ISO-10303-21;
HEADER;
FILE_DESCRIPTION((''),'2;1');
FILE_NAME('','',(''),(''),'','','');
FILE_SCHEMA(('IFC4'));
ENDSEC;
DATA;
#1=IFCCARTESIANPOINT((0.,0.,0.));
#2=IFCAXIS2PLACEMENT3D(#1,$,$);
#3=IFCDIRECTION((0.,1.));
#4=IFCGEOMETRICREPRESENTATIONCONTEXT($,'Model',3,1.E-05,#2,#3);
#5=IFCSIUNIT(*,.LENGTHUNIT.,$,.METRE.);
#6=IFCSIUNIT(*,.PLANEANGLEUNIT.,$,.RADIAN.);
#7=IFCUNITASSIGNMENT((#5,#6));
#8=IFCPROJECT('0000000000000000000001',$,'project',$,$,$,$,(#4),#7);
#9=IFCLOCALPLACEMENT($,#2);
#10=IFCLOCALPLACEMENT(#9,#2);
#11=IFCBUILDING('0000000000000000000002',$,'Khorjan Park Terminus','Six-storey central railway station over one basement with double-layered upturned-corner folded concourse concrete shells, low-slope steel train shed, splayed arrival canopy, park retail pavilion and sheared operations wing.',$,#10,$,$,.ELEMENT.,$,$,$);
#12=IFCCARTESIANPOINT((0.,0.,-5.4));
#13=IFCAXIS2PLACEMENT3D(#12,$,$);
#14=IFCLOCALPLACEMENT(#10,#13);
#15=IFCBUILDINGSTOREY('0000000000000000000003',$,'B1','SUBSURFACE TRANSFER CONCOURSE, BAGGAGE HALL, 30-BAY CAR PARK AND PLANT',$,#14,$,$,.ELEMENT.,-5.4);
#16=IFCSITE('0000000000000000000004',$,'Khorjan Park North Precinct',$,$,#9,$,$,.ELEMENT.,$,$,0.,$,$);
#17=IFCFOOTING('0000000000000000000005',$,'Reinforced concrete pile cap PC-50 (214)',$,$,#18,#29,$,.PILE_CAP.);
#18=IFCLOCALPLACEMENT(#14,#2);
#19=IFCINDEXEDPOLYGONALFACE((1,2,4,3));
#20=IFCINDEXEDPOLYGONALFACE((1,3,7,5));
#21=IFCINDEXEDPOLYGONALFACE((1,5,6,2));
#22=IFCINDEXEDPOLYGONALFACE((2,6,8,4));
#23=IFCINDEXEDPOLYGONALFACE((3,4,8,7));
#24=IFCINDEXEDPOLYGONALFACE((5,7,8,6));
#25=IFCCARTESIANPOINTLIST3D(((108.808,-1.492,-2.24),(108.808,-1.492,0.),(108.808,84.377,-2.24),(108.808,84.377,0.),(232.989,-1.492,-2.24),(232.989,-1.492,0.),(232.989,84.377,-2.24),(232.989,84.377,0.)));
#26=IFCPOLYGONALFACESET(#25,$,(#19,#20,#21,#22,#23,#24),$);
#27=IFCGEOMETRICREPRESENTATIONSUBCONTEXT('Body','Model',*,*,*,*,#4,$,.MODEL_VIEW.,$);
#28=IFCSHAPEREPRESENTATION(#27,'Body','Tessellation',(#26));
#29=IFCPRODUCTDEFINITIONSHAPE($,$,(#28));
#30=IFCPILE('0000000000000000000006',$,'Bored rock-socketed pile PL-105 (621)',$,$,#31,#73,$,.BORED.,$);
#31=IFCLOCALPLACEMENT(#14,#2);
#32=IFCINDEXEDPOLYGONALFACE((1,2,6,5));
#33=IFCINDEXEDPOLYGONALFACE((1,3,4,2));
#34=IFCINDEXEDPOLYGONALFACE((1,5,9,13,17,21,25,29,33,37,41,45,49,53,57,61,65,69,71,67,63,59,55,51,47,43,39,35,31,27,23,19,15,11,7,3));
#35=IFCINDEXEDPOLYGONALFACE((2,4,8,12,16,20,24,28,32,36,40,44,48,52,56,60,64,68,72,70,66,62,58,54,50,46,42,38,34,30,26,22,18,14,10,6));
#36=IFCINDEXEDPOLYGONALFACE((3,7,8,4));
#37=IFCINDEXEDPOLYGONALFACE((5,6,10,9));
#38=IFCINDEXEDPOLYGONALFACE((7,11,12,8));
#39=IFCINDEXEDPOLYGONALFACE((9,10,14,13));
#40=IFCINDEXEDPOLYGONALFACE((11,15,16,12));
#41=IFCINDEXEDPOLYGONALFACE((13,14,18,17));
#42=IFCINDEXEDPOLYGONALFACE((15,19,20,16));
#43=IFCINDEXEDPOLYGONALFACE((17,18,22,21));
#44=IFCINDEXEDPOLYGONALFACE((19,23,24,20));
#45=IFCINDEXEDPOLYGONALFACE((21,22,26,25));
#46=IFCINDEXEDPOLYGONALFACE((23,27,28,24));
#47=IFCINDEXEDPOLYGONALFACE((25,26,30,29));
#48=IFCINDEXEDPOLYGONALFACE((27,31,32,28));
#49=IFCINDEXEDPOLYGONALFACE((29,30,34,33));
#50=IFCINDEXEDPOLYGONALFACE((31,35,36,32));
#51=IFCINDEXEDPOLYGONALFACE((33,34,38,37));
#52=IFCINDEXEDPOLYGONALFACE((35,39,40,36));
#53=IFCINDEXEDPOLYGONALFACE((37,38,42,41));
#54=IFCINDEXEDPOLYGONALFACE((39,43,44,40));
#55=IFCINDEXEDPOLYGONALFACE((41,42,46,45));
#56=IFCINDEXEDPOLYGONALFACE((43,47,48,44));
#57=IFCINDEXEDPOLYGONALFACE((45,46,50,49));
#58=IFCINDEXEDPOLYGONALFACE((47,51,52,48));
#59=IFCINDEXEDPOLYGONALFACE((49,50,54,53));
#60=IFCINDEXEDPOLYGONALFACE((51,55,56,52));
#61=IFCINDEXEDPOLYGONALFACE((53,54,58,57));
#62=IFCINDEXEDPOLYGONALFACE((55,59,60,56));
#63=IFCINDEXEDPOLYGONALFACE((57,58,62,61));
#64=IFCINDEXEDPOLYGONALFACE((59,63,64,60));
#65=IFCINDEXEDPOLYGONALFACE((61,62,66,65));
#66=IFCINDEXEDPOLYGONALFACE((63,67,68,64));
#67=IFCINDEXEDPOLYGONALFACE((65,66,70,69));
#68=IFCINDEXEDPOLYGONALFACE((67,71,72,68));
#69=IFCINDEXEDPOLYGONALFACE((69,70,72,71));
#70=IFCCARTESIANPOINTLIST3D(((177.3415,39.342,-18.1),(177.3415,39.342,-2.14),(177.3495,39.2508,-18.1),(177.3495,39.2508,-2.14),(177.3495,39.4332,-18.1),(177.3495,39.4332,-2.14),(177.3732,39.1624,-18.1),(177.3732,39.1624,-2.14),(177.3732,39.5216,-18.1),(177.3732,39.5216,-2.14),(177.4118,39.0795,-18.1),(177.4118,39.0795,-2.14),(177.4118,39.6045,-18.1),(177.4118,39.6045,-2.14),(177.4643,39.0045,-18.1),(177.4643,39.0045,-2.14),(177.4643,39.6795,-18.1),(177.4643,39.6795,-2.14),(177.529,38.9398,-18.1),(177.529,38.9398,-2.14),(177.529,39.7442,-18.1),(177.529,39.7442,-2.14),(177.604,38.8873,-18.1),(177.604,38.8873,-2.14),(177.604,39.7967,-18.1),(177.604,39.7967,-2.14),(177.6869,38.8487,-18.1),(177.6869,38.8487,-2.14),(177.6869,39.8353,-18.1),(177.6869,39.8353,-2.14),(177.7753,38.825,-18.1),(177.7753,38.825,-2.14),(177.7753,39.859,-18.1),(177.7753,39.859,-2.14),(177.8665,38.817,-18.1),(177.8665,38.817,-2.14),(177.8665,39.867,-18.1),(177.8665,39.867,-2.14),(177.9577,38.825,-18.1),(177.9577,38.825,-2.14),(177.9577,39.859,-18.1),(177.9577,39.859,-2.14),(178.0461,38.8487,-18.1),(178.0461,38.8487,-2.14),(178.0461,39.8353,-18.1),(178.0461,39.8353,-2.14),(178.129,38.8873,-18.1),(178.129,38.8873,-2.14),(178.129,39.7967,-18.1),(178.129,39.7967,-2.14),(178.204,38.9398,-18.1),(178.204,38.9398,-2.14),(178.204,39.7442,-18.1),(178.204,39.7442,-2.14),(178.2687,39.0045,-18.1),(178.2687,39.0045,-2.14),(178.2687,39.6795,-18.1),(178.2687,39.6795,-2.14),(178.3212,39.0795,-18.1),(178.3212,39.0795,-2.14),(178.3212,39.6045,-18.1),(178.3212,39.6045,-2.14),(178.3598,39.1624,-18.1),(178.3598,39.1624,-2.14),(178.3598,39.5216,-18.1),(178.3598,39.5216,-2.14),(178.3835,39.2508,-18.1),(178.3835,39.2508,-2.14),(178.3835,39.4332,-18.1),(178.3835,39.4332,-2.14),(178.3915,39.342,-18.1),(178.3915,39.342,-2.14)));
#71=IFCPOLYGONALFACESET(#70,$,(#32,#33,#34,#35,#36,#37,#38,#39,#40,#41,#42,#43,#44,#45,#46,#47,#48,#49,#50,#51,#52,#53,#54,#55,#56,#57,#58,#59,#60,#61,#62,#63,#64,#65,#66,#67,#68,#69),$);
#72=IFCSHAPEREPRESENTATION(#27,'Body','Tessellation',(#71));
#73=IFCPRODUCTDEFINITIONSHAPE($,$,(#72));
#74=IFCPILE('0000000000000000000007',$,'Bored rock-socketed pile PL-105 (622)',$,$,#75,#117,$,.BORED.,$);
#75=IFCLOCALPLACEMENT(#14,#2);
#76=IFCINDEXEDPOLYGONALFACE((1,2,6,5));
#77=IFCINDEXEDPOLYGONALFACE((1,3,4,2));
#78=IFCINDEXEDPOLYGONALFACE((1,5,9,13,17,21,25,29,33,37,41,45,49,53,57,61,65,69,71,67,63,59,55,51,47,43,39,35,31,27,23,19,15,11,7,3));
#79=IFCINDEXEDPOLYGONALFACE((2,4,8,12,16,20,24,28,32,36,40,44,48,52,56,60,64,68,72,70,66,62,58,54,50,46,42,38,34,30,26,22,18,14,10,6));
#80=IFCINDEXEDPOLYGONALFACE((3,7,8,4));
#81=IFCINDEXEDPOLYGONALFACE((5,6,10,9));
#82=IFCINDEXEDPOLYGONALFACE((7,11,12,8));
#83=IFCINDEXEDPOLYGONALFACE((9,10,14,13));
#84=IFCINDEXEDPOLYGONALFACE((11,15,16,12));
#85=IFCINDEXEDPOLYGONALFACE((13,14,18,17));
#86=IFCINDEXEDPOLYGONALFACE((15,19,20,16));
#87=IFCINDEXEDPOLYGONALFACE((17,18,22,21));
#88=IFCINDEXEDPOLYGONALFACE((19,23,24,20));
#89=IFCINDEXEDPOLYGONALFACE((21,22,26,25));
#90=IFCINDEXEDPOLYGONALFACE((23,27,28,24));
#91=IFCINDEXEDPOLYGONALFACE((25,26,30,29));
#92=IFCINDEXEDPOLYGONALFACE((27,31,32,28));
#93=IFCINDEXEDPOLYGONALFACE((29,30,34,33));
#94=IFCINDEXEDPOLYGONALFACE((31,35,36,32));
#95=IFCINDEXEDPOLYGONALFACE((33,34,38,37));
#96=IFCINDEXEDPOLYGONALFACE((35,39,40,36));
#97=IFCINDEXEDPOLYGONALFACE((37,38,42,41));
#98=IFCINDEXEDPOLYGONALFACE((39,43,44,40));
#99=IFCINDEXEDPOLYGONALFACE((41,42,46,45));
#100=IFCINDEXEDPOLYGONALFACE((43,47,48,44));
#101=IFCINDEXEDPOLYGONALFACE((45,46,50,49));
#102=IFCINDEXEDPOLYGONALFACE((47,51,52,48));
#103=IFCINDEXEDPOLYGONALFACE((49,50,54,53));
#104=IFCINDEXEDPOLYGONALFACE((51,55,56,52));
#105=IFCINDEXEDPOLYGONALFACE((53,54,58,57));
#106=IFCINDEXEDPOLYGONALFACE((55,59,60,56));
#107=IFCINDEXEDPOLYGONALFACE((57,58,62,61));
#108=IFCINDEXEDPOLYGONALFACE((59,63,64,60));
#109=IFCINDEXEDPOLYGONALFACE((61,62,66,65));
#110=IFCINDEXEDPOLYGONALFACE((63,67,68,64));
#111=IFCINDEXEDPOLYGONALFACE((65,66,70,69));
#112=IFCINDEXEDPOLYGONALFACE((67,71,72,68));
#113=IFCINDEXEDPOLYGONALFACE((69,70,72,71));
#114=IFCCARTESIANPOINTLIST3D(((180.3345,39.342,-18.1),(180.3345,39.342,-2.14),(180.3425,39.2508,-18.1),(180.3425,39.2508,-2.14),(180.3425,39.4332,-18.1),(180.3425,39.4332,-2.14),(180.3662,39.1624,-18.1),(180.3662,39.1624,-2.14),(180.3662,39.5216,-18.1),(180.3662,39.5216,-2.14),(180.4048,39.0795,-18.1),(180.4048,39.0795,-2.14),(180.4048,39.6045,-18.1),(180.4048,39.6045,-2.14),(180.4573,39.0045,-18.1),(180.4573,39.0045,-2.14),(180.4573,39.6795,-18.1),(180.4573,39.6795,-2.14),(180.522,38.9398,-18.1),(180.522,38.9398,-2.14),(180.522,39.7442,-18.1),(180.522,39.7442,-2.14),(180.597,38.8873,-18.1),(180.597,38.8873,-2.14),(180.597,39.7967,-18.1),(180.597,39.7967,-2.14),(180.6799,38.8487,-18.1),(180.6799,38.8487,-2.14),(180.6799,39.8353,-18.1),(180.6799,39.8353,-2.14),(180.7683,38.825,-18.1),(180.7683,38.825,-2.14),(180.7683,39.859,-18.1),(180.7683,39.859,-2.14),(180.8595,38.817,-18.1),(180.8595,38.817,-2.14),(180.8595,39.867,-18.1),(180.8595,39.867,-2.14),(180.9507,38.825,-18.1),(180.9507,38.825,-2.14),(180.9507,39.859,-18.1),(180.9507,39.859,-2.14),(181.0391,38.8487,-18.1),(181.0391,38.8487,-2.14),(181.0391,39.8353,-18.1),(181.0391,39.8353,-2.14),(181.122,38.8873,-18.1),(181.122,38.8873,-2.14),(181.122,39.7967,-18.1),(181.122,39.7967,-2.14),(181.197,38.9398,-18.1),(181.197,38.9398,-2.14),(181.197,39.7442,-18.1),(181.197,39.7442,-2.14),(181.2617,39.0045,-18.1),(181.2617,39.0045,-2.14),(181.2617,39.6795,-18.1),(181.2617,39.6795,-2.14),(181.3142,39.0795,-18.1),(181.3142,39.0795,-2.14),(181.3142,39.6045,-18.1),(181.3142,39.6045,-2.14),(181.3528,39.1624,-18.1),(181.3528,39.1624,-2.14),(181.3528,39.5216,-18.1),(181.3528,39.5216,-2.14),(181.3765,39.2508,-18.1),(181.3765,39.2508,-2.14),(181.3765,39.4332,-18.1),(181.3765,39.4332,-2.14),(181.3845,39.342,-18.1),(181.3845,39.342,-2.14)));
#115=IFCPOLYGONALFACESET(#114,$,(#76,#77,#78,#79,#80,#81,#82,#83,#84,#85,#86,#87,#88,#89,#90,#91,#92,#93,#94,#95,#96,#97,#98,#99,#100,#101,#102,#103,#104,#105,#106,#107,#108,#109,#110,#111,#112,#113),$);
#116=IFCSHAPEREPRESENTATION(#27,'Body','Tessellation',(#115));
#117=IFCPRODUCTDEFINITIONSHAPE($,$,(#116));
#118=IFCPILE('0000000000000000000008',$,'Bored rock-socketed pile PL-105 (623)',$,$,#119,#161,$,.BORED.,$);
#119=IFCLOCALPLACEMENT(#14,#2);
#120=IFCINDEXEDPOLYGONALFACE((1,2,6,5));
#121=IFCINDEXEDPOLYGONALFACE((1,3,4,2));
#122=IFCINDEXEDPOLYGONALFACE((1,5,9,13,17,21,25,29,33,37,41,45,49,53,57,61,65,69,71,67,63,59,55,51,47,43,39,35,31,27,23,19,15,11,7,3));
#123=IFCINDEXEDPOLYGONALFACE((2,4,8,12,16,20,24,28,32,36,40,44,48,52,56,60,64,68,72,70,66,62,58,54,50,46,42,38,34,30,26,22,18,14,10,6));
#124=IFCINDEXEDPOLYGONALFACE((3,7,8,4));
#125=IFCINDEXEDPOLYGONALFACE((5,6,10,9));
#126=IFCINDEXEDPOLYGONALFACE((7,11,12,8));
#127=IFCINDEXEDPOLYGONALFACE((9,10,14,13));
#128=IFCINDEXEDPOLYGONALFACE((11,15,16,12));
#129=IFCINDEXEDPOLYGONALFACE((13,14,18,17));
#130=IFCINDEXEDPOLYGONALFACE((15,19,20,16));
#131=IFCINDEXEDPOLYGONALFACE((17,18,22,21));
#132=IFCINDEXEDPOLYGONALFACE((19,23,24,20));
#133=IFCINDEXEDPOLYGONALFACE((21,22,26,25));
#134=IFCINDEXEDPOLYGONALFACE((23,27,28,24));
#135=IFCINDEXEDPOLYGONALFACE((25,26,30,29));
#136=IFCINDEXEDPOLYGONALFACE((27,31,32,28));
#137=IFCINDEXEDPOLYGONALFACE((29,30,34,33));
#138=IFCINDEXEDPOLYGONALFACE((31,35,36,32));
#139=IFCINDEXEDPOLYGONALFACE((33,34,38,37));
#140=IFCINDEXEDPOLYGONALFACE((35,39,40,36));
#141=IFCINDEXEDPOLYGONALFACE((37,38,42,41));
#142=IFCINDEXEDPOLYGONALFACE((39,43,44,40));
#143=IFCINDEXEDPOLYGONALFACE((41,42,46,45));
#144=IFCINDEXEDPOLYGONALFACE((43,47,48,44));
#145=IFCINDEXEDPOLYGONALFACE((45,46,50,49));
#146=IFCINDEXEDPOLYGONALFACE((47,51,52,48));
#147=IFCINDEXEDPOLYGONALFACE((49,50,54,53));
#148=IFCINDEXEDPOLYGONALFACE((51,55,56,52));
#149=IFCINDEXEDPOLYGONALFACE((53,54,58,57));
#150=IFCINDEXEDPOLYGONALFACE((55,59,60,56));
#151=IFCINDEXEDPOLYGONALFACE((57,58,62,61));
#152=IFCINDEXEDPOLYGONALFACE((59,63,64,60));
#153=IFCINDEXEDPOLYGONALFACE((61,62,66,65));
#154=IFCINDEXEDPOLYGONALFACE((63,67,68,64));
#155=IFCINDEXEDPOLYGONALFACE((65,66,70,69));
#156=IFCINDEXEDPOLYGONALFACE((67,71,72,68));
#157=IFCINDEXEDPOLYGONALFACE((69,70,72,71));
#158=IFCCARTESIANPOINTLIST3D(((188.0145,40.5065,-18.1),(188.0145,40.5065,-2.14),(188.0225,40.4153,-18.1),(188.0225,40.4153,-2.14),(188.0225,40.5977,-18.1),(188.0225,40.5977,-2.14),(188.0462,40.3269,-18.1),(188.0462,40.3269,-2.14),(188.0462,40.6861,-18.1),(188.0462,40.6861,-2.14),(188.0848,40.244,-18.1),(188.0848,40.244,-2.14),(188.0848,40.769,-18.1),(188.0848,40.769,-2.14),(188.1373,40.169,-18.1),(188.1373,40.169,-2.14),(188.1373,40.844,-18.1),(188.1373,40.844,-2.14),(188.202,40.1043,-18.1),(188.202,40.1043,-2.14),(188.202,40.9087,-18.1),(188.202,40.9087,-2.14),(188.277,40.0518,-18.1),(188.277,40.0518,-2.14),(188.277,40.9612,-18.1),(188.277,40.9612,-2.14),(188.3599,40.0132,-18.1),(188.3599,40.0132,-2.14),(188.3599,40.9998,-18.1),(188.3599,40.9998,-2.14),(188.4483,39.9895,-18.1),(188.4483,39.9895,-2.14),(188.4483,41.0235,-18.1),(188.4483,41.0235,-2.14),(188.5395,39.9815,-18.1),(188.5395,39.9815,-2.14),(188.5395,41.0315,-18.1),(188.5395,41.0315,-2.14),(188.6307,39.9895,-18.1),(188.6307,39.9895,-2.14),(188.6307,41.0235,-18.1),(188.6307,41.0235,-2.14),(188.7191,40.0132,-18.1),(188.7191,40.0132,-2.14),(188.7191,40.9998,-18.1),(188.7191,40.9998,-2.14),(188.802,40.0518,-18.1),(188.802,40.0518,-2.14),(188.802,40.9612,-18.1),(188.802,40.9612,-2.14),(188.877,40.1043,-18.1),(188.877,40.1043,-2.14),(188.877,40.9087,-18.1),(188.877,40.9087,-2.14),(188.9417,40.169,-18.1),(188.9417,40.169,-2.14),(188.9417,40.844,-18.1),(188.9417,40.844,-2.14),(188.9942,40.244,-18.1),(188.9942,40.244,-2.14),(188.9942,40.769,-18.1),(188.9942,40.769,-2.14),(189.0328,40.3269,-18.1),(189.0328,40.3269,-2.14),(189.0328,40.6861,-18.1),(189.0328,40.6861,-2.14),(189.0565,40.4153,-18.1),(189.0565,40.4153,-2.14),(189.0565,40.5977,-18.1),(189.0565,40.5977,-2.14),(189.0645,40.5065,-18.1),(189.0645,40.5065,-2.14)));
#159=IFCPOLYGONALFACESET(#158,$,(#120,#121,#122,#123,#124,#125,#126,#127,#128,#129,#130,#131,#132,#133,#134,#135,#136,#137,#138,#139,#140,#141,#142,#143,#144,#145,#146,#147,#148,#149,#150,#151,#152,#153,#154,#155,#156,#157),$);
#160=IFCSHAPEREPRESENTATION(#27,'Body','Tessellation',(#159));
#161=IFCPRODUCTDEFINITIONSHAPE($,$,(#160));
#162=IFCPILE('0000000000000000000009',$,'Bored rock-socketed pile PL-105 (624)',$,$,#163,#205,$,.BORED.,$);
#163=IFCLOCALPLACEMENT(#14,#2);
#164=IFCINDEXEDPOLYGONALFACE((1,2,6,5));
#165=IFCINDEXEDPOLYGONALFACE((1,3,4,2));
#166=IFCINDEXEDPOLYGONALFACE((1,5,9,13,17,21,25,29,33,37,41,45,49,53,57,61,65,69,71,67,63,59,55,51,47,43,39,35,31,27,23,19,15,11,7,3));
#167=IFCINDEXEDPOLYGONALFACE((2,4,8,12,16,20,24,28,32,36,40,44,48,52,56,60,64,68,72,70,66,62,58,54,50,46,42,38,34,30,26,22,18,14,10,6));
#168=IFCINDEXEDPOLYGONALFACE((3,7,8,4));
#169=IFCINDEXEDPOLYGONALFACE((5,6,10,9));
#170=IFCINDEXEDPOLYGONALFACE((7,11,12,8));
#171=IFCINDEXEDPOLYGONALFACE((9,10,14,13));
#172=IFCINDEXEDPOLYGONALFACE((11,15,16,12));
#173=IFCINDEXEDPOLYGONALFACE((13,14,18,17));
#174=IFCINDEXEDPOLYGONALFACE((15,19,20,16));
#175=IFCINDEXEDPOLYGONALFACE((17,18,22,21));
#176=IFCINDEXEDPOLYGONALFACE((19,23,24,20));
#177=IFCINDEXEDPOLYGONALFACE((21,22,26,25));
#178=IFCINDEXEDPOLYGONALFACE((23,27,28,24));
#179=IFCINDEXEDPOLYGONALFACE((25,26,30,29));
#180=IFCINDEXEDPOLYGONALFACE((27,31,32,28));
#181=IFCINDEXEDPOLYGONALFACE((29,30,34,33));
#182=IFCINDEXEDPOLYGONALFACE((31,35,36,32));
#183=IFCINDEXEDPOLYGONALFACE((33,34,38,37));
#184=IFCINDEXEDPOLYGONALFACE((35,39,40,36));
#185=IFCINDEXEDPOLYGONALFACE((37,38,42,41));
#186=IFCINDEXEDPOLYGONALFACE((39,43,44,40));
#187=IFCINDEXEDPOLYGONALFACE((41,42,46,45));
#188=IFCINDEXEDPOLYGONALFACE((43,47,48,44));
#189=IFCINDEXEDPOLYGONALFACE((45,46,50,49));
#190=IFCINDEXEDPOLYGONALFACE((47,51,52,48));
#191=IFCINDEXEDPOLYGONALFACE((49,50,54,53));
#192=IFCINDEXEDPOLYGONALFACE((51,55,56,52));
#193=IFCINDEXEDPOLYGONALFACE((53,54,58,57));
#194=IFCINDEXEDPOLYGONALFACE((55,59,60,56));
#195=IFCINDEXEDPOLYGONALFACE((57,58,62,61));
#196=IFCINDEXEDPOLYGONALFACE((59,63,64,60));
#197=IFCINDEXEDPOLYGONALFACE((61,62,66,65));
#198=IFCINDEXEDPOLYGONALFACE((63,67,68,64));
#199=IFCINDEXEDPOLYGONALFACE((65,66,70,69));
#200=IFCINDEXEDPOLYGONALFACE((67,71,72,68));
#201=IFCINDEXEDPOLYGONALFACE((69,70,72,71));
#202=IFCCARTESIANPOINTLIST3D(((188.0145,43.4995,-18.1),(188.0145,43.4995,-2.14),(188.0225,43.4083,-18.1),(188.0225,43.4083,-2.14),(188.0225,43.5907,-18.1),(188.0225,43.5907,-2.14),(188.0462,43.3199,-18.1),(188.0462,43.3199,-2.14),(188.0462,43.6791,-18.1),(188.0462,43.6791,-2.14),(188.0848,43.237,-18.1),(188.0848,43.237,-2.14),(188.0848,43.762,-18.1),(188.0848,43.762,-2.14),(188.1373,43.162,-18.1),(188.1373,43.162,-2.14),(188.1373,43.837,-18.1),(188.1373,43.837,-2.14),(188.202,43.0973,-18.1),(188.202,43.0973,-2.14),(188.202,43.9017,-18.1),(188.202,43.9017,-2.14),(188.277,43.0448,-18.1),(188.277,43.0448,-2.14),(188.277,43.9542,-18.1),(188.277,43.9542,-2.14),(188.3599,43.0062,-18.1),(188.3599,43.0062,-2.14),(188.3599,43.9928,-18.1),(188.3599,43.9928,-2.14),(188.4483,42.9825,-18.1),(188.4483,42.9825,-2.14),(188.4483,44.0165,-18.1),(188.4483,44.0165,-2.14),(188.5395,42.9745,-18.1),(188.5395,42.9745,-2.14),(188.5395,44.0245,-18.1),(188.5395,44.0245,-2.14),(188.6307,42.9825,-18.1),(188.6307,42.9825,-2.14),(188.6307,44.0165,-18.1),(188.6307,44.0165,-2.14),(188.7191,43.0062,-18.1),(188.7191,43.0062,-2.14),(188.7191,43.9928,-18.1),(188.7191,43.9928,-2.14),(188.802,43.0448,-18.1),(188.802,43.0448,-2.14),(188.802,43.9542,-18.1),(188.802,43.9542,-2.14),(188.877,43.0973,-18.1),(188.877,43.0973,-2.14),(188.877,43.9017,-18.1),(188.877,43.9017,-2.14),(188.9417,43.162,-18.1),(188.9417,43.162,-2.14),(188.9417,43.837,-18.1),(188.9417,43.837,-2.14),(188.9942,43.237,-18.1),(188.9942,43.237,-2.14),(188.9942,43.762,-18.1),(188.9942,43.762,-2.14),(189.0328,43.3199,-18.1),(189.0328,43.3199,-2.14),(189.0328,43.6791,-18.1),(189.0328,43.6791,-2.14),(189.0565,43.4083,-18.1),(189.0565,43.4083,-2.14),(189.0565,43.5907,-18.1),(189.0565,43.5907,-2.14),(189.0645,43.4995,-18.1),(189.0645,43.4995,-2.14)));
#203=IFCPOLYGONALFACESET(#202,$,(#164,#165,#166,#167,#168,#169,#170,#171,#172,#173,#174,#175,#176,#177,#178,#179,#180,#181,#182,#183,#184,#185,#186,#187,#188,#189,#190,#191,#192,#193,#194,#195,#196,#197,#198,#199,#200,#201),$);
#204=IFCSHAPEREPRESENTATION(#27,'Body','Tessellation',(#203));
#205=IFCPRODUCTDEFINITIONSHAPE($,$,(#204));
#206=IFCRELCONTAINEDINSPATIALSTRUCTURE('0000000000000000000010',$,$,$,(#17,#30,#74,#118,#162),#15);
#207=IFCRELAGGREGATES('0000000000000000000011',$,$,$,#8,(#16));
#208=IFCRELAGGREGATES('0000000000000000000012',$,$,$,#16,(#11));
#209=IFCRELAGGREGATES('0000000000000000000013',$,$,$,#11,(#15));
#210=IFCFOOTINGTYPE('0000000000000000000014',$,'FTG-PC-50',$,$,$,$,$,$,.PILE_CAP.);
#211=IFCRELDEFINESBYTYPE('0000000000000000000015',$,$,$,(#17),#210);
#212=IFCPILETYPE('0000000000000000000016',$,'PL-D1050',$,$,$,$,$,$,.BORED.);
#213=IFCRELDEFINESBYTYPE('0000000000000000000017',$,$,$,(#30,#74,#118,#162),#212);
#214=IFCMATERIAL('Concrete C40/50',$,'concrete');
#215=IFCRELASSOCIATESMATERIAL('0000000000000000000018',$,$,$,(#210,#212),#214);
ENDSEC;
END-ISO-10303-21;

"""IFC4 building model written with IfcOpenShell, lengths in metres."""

from ifc_helpers import new_model, si_unit, direction, frame, origin, origin_2d, place, context, subcontext, project, spatial, rectangle, circle, extrude, material, material_profile, profile_set, type_object, element, save


model = new_model("IFC4")

# Units and contexts
model_context = context("Model", 3, precision=1e-05, world=origin(), true_north=direction((0.0, 1.0)))
body_context = subcontext(model_context, "Body", "Model", "MODEL_VIEW")
ifc_project = project(units=[si_unit("LENGTHUNIT", "METRE"), si_unit("PLANEANGLEUNIT", "RADIAN")], contexts=[model_context])

# Site, building, storey
site_placement = place(None, origin())
site = spatial("IfcSite", under=ifc_project, at=site_placement, Name="Khorjan Park North Precinct", CompositionType="ELEMENT", RefElevation=0.0)
building_placement = place(site_placement, origin())
building = spatial("IfcBuilding", under=site, at=building_placement, Name="Khorjan Park Terminus", Description="Six-storey central railway station over one basement with double-layered upturned-corner folded concourse concrete shells, low-slope steel train shed, splayed arrival canopy, park retail pavilion and sheared operations wing.", CompositionType="ELEMENT")
storey_placement = place(building_placement, frame((0.0, 0.0, -5.4)))
storey = spatial("IfcBuildingStorey", under=building, at=storey_placement, Name="B1", Description="SUBSURFACE TRANSFER CONCOURSE, BAGGAGE HALL, 30-BAY CAR PARK AND PLANT", CompositionType="ELEMENT", Elevation=-5.4)

# Footing
ifc_material_1 = material(Name="Concrete C40/50", Category="concrete")
footing_type = type_object("IfcFootingType", Name="FTG-PC-50", PredefinedType="PILE_CAP", material=ifc_material_1)
footing_placement = place(storey_placement, frame((170.8985, 41.4425, -2.24), z_axis=(0.0, 0.0, 1.0), x_axis=(1.0, 0.0, 0.0)))
element("IfcFooting", 1, at=footing_placement, inside=storey, type_object=footing_type, Name="Reinforced concrete pile cap PC-50 (214)", PredefinedType="PILE_CAP", context=body_context, shape_type="SweptSolid", body=[
    extrude(rectangle(XDim=124.181, YDim=85.869, at=origin_2d()), origin(), (0.0, 0.0, 1.0), 2.24),
])

# Piles
ifc_material_profile_1 = material_profile(ifc_material_1, circle(Radius=0.525, at=origin_2d()), Name="BORED D1050")
ifc_profile_set_1 = profile_set([ifc_material_profile_1], Name="Concrete C40/50")
pile_type_1 = type_object("IfcPileType", Name="PL-D1050", PredefinedType="BORED", material=ifc_profile_set_1)
for number, where, z_axis, x_axis, name in (
    (2, (177.8665, 39.342, -2.14), (0.0, 0.0, -1.0), (1.0, 0.0, 0.0), "Bored rock-socketed pile PL-105 (621)"),
    (3, (180.8595, 39.342, -2.14), (0.0, 0.0, -1.0), (1.0, 0.0, 0.0), "Bored rock-socketed pile PL-105 (622)"),
    (4, (188.5395, 40.5065, -2.14), (0.0, 0.0, -1.0), (1.0, 0.0, 0.0), "Bored rock-socketed pile PL-105 (623)"),
    (5, (188.5395, 43.4995, -2.14), (0.0, 0.0, -1.0), (1.0, 0.0, 0.0), "Bored rock-socketed pile PL-105 (624)"),
):
    element("IfcPile", number, at=place(storey_placement, frame(where, z_axis=z_axis, x_axis=x_axis)), inside=storey, type_object=pile_type_1, Name=name, PredefinedType="BORED", context=body_context, shape_type="SweptSolid", body=[
        extrude(circle(Radius=0.525, at=origin_2d()), origin(), (0.0, 0.0, 1.0), 15.96),
    ])

save(model, "model.ifc")
